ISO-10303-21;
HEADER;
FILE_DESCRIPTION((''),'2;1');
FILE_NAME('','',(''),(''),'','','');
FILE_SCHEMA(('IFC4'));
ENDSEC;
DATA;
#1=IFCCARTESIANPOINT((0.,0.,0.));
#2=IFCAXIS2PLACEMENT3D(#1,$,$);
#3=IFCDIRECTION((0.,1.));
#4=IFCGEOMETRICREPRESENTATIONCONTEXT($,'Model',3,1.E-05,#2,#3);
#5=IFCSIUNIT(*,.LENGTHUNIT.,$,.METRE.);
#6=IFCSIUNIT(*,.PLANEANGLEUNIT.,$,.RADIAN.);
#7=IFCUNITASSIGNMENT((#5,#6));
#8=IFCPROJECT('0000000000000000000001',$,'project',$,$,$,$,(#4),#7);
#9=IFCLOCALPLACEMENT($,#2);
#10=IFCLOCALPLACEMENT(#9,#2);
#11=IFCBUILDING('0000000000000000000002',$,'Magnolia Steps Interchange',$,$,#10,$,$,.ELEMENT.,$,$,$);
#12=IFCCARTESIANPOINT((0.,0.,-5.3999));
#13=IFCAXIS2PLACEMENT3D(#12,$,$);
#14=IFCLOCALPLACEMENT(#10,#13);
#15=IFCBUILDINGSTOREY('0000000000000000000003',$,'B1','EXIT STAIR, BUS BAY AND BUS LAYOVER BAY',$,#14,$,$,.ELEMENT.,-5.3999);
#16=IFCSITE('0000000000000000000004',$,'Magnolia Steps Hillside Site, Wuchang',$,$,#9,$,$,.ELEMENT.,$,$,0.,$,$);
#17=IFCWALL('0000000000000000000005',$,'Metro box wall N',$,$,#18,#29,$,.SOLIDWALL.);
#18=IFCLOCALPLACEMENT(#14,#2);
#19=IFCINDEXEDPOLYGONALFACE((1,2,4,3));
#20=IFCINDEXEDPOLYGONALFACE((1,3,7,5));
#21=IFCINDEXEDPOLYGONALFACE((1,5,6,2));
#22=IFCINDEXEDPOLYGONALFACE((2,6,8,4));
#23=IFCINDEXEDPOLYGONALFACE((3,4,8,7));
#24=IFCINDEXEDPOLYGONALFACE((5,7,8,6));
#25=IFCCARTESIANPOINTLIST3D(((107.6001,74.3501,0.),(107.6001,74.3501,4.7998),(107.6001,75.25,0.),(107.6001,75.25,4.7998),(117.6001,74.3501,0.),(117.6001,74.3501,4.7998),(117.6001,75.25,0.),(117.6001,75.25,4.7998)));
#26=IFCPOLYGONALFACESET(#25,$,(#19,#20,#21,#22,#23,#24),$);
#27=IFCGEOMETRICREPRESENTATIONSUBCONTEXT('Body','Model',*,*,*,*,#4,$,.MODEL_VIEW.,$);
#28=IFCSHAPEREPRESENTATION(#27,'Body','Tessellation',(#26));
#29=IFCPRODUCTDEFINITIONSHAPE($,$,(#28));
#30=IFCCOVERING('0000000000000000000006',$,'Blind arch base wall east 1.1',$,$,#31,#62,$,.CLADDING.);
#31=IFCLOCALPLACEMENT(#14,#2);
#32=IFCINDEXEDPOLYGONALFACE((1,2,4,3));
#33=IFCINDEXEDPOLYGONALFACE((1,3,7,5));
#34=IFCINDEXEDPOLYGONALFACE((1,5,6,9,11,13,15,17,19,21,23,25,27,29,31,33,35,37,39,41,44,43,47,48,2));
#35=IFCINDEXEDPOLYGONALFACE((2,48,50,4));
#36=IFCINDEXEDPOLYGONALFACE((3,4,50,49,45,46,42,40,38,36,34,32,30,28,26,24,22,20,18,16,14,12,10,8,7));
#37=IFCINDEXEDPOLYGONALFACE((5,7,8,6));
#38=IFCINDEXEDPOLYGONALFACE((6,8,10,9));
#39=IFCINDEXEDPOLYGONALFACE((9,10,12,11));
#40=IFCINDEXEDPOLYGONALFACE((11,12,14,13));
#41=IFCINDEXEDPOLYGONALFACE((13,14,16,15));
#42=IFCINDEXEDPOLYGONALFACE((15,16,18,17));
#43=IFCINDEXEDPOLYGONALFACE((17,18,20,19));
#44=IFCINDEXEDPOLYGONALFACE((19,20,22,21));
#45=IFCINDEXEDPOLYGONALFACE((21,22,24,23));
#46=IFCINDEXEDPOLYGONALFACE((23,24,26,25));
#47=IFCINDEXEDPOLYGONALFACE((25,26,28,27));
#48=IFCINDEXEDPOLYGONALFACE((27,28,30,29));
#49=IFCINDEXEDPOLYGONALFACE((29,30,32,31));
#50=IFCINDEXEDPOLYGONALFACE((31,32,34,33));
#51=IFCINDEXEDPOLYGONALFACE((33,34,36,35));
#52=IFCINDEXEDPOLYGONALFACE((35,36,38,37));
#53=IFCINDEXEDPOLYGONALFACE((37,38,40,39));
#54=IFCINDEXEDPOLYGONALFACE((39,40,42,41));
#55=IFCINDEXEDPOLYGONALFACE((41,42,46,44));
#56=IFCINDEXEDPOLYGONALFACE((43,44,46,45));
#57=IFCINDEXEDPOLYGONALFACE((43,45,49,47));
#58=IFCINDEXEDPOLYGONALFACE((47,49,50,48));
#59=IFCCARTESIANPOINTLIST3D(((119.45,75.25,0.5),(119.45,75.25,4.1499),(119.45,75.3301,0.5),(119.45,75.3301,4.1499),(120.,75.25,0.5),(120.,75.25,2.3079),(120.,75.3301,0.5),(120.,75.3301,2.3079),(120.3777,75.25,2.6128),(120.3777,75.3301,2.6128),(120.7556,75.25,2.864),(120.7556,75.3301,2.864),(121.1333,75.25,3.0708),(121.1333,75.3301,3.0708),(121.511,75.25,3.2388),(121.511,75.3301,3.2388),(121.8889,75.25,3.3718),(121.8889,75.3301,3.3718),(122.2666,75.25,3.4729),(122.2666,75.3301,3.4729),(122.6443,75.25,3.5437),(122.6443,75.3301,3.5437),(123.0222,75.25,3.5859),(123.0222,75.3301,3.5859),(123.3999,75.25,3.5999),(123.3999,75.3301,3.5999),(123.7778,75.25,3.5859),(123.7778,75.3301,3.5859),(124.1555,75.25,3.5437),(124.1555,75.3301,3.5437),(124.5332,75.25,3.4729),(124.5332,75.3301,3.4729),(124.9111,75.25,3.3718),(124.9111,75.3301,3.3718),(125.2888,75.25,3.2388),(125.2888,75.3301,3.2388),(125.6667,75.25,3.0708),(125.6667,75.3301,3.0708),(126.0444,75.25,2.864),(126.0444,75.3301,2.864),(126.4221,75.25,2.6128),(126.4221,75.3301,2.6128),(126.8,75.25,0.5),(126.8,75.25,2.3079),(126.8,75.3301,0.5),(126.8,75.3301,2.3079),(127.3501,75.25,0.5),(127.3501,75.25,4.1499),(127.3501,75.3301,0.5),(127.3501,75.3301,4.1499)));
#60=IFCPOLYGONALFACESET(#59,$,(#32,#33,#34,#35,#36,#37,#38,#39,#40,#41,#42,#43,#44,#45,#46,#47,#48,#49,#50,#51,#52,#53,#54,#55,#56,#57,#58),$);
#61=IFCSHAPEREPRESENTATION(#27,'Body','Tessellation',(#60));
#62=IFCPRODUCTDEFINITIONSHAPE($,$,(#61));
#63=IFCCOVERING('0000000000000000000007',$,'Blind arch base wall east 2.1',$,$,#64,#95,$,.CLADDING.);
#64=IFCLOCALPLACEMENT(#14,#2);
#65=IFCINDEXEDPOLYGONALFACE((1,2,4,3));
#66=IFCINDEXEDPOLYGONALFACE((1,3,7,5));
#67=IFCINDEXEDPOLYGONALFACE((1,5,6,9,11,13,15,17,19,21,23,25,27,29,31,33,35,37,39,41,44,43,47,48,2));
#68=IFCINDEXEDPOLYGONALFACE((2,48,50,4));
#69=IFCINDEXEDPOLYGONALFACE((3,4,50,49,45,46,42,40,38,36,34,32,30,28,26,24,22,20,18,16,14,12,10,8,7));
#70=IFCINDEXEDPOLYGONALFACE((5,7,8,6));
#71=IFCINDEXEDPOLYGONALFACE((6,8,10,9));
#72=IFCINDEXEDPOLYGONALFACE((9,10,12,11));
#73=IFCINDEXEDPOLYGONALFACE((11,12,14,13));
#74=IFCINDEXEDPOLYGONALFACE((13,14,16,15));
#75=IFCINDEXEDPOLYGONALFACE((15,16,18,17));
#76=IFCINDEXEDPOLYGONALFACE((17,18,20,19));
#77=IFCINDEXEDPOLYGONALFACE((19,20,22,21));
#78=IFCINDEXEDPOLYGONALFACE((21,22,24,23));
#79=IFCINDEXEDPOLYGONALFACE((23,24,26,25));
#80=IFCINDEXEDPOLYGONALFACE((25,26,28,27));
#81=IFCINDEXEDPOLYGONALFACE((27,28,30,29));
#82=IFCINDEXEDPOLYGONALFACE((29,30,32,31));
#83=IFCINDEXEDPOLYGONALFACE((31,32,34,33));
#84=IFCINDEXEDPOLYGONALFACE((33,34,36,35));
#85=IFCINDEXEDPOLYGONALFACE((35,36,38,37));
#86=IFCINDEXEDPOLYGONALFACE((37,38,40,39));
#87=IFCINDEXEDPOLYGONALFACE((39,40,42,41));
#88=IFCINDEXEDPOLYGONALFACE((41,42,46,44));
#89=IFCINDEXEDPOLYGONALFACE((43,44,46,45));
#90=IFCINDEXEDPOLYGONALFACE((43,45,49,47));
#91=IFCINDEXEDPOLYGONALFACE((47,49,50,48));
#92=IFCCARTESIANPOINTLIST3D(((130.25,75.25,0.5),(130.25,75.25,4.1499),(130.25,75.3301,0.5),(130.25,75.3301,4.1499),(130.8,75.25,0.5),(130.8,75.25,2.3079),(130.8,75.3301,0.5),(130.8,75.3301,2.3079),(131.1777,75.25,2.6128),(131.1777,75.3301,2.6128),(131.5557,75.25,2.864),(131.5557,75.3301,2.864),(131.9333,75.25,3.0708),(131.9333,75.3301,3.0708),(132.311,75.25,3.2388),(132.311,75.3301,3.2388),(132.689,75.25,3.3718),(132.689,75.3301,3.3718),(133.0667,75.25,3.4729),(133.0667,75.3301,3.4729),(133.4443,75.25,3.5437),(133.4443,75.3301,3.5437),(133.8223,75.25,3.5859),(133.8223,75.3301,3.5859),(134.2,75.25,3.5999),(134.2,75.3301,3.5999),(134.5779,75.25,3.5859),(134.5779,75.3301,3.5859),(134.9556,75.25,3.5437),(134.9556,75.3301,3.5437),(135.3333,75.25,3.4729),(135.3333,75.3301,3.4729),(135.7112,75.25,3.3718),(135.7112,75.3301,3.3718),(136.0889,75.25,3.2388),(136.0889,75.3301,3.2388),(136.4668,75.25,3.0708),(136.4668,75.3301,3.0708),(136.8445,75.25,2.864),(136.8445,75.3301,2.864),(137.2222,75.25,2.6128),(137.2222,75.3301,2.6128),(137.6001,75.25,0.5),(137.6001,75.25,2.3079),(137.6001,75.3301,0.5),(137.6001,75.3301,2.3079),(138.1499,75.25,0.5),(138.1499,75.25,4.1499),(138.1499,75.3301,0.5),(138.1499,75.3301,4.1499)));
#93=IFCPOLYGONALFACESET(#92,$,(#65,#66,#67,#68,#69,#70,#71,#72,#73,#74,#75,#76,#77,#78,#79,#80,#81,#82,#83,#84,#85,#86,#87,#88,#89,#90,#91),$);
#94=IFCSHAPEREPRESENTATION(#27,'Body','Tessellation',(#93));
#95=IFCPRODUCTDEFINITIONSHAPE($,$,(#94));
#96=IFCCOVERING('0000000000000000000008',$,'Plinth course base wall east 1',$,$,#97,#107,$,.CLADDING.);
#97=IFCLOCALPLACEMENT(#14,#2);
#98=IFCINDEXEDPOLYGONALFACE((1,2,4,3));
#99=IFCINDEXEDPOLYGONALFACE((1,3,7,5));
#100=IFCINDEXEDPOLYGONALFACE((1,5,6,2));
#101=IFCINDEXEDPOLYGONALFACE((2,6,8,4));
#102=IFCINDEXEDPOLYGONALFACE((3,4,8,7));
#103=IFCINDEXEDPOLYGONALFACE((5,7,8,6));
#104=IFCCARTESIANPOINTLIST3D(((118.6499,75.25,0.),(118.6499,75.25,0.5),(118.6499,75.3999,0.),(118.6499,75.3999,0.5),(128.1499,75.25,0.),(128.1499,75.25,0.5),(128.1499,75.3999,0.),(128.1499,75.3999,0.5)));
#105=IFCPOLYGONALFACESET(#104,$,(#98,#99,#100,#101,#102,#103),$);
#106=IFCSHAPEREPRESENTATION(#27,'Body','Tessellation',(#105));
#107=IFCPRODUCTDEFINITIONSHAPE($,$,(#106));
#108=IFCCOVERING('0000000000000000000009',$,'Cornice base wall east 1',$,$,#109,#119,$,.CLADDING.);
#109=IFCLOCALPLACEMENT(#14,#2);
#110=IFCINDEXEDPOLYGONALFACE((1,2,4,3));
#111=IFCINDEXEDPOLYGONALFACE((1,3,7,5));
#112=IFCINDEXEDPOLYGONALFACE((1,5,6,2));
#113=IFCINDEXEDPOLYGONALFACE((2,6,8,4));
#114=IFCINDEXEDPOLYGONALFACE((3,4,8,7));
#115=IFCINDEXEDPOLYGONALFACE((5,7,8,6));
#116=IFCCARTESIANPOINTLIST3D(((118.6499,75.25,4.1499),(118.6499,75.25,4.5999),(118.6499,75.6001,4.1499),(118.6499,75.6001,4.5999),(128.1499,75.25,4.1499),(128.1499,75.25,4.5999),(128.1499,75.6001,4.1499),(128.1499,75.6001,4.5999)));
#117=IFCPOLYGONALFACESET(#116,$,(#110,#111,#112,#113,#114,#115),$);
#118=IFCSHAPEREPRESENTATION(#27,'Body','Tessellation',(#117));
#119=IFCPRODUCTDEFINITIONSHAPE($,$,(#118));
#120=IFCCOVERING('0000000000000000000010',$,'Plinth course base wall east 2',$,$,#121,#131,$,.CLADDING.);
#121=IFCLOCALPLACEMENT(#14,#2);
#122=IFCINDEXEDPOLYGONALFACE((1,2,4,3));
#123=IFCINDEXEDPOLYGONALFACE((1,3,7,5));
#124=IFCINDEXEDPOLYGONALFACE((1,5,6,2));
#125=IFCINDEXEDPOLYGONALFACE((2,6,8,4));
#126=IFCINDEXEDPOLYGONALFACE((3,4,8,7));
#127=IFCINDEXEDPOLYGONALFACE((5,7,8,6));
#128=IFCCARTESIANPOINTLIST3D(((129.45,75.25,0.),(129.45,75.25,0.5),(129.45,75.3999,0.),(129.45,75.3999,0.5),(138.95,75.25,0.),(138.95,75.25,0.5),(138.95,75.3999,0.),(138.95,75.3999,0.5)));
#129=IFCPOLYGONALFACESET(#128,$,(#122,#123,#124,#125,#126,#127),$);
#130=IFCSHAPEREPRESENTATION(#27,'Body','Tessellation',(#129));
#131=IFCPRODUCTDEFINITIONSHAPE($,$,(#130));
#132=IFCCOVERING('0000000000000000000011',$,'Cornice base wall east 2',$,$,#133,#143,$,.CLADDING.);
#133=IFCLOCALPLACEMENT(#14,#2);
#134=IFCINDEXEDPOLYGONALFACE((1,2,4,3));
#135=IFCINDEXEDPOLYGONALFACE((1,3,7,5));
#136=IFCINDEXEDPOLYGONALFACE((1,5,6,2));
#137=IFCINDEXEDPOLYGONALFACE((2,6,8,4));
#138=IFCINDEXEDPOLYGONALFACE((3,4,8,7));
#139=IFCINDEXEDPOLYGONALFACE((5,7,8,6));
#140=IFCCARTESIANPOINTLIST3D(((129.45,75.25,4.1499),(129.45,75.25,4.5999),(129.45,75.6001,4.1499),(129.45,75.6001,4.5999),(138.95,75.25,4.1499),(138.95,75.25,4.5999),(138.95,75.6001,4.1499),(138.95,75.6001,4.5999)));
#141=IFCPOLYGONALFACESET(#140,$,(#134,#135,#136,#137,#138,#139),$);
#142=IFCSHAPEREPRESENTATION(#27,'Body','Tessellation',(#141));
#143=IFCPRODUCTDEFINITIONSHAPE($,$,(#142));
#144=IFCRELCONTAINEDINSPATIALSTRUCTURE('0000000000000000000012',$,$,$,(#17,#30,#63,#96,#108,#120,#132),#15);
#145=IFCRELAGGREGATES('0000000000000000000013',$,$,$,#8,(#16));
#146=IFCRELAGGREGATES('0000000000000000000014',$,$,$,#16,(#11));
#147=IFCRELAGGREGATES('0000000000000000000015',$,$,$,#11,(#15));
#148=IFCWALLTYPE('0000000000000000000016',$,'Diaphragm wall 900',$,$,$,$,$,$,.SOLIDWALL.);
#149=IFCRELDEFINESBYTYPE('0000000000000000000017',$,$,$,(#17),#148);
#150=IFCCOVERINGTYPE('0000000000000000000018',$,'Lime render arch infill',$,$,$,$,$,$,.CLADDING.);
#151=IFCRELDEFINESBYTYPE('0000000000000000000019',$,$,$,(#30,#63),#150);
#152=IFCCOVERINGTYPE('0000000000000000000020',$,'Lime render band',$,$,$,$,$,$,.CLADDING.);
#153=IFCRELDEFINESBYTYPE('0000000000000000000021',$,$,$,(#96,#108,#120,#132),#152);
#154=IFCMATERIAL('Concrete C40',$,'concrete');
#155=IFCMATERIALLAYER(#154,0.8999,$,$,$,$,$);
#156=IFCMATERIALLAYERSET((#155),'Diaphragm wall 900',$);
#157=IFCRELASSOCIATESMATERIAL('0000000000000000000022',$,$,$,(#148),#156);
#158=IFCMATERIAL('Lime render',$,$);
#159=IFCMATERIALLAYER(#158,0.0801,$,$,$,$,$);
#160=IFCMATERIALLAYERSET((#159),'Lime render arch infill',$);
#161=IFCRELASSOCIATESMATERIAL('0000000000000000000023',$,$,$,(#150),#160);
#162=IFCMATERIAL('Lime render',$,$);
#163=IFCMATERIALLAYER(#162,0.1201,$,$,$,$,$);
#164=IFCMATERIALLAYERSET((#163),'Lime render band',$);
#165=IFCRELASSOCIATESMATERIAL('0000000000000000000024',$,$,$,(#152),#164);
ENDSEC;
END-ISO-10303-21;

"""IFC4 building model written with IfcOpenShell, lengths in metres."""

from ifc_helpers import new_model, si_unit, direction, frame, frame_2d, origin, origin_2d, place, context, subcontext, project, spatial, polyline, rectangle, outline, extrude, material, layer, layer_set, type_object, element, save


model = new_model("IFC4")

# Units and contexts
model_context = context("Model", 3, precision=1e-05, world=origin(), true_north=direction((0.0, 1.0)))
body_context = subcontext(model_context, "Body", "Model", "MODEL_VIEW")
ifc_project = project(units=[si_unit("LENGTHUNIT", "METRE"), si_unit("PLANEANGLEUNIT", "RADIAN")], contexts=[model_context])

# Site, building, storey
site_placement = place(None, origin())
site = spatial("IfcSite", under=ifc_project, at=site_placement, Name="Magnolia Steps Hillside Site, Wuchang", CompositionType="ELEMENT", RefElevation=0.0)
building_placement = place(site_placement, origin())
building = spatial("IfcBuilding", under=site, at=building_placement, Name="Magnolia Steps Interchange", CompositionType="ELEMENT")
storey_placement = place(building_placement, frame((0.0, 0.0, -5.3999)))
storey = spatial("IfcBuildingStorey", under=building, at=storey_placement, Name="B1", Description="EXIT STAIR, BUS BAY AND BUS LAYOVER BAY", CompositionType="ELEMENT", Elevation=-5.3999)

# Wall
ifc_material_1 = material(Name="Concrete C40", Category="concrete")
ifc_layer_1 = layer(ifc_material_1, 0.8999)
ifc_layer_set_1 = layer_set([ifc_layer_1], Name="Diaphragm wall 900")
wall_type_1 = type_object("IfcWallType", Name="Diaphragm wall 900", PredefinedType="SOLIDWALL", material=ifc_layer_set_1)
wall_1_placement = place(storey_placement, frame((117.6001, 74.8, 0.0), z_axis=(0.0, 0.0, 1.0), x_axis=(-1.0, 0.0, 0.0)))
element("IfcWall", 1, at=wall_1_placement, inside=storey, type_object=wall_type_1, Name="Metro box wall N", PredefinedType="SOLIDWALL", context=body_context, shape_type="SweptSolid", body=[
    extrude(rectangle(XDim=10.0, YDim=0.8999, at=frame_2d((5.0, 0.0))), origin(), (0.0, 0.0, 1.0), 4.7998),
])

# Coverings
ifc_material_2 = material(Name="Lime render")
ifc_layer_2 = layer(ifc_material_2, 0.0801)
ifc_layer_set_2 = layer_set([ifc_layer_2], Name="Lime render arch infill")
covering_type_1 = type_object("IfcCoveringType", Name="Lime render arch infill", PredefinedType="CLADDING", material=ifc_layer_set_2)
covering_1_placement = place(storey_placement, frame((120.0, 75.25, 0.5), z_axis=(0.0, -1.0, 0.0), x_axis=(0.0, 0.0, 1.0)))
element("IfcCovering", 2, at=covering_1_placement, inside=storey, type_object=covering_type_1, Name="Blind arch base wall east 1.1", PredefinedType="CLADDING", context=body_context, shape_type="SweptSolid", body=[
    extrude(outline(polyline([(0.0, 0.0), (1.8079, 0.0), (2.1128, -0.3777), (2.364, -0.7556), (2.5708, -1.1333), (2.7388, -1.511), (2.8718, -1.8889), (2.9729, -2.2666), (3.0437, -2.6443), (3.0859, -3.0222), (3.0999, -3.3999), (3.0859, -3.7778), (3.0437, -4.1555), (2.9729, -4.5332), (2.8718, -4.9111), (2.7388, -5.2888), (2.5708, -5.6667), (2.364, -6.0444), (2.1128, -6.4221), (1.8079, -6.8), (0.0, -6.8), (0.0, -7.3501), (3.6499, -7.3501), (3.6499, 0.55), (0.0, 0.55), (0.0, 0.0)])), origin(), (0.0, 0.0, -1.0), 0.0801),
])
covering_2_placement = place(storey_placement, frame((130.8, 75.25, 0.5), z_axis=(0.0, -1.0, 0.0), x_axis=(0.0, 0.0, 1.0)))
element("IfcCovering", 3, at=covering_2_placement, inside=storey, type_object=covering_type_1, Name="Blind arch base wall east 2.1", PredefinedType="CLADDING", context=body_context, shape_type="SweptSolid", body=[
    extrude(outline(polyline([(0.0, 0.0), (1.8079, 0.0), (2.1128, -0.3777), (2.364, -0.7556), (2.5708, -1.1333), (2.7388, -1.511), (2.8718, -1.8889), (2.9729, -2.2666), (3.0437, -2.6443), (3.0859, -3.0222), (3.0999, -3.3999), (3.0859, -3.7778), (3.0437, -4.1555), (2.9729, -4.5332), (2.8718, -4.9111), (2.7388, -5.2888), (2.5708, -5.6667), (2.364, -6.0444), (2.1128, -6.4221), (1.8079, -6.8), (0.0, -6.8), (0.0, -7.3499), (3.6499, -7.3499), (3.6499, 0.55), (0.0, 0.55), (0.0, 0.0)])), origin(), (0.0, 0.0, -1.0), 0.0801),
])
ifc_material_3 = material(Name="Lime render")
ifc_layer_3 = layer(ifc_material_3, 0.1201)
ifc_layer_set_3 = layer_set([ifc_layer_3], Name="Lime render band")
covering_type_2 = type_object("IfcCoveringType", Name="Lime render band", PredefinedType="CLADDING", material=ifc_layer_set_3)
covering_3_placement = place(storey_placement, frame((123.3999, 75.325, 0.0), z_axis=(0.0, 0.0, 1.0), x_axis=(1.0, 0.0, 0.0)))
element("IfcCovering", 4, at=covering_3_placement, inside=storey, type_object=covering_type_2, Name="Plinth course base wall east 1", PredefinedType="CLADDING", context=body_context, shape_type="SweptSolid", body=[
    extrude(rectangle(XDim=9.5, YDim=0.1499, at=origin_2d()), origin(), (0.0, 0.0, 1.0), 0.5),
])
covering_4_placement = place(storey_placement, frame((123.3999, 75.425, 4.1499), z_axis=(0.0, 0.0, 1.0), x_axis=(1.0, 0.0, 0.0)))
element("IfcCovering", 5, at=covering_4_placement, inside=storey, type_object=covering_type_2, Name="Cornice base wall east 1", PredefinedType="CLADDING", context=body_context, shape_type="SweptSolid", body=[
    extrude(rectangle(XDim=9.5, YDim=0.3501, at=origin_2d()), origin(), (0.0, 0.0, 1.0), 0.45),
])
covering_5_placement = place(storey_placement, frame((134.2, 75.325, 0.0), z_axis=(0.0, 0.0, 1.0), x_axis=(1.0, 0.0, 0.0)))
element("IfcCovering", 6, at=covering_5_placement, inside=storey, type_object=covering_type_2, Name="Plinth course base wall east 2", PredefinedType="CLADDING", context=body_context, shape_type="SweptSolid", body=[
    extrude(rectangle(XDim=9.5, YDim=0.1499, at=origin_2d()), origin(), (0.0, 0.0, 1.0), 0.5),
])
covering_6_placement = place(storey_placement, frame((134.2, 75.425, 4.1499), z_axis=(0.0, 0.0, 1.0), x_axis=(1.0, 0.0, 0.0)))
element("IfcCovering", 7, at=covering_6_placement, inside=storey, type_object=covering_type_2, Name="Cornice base wall east 2", PredefinedType="CLADDING", context=body_context, shape_type="SweptSolid", body=[
    extrude(rectangle(XDim=9.5, YDim=0.3501, at=origin_2d()), origin(), (0.0, 0.0, 1.0), 0.45),
])

save(model, "model.ifc")
